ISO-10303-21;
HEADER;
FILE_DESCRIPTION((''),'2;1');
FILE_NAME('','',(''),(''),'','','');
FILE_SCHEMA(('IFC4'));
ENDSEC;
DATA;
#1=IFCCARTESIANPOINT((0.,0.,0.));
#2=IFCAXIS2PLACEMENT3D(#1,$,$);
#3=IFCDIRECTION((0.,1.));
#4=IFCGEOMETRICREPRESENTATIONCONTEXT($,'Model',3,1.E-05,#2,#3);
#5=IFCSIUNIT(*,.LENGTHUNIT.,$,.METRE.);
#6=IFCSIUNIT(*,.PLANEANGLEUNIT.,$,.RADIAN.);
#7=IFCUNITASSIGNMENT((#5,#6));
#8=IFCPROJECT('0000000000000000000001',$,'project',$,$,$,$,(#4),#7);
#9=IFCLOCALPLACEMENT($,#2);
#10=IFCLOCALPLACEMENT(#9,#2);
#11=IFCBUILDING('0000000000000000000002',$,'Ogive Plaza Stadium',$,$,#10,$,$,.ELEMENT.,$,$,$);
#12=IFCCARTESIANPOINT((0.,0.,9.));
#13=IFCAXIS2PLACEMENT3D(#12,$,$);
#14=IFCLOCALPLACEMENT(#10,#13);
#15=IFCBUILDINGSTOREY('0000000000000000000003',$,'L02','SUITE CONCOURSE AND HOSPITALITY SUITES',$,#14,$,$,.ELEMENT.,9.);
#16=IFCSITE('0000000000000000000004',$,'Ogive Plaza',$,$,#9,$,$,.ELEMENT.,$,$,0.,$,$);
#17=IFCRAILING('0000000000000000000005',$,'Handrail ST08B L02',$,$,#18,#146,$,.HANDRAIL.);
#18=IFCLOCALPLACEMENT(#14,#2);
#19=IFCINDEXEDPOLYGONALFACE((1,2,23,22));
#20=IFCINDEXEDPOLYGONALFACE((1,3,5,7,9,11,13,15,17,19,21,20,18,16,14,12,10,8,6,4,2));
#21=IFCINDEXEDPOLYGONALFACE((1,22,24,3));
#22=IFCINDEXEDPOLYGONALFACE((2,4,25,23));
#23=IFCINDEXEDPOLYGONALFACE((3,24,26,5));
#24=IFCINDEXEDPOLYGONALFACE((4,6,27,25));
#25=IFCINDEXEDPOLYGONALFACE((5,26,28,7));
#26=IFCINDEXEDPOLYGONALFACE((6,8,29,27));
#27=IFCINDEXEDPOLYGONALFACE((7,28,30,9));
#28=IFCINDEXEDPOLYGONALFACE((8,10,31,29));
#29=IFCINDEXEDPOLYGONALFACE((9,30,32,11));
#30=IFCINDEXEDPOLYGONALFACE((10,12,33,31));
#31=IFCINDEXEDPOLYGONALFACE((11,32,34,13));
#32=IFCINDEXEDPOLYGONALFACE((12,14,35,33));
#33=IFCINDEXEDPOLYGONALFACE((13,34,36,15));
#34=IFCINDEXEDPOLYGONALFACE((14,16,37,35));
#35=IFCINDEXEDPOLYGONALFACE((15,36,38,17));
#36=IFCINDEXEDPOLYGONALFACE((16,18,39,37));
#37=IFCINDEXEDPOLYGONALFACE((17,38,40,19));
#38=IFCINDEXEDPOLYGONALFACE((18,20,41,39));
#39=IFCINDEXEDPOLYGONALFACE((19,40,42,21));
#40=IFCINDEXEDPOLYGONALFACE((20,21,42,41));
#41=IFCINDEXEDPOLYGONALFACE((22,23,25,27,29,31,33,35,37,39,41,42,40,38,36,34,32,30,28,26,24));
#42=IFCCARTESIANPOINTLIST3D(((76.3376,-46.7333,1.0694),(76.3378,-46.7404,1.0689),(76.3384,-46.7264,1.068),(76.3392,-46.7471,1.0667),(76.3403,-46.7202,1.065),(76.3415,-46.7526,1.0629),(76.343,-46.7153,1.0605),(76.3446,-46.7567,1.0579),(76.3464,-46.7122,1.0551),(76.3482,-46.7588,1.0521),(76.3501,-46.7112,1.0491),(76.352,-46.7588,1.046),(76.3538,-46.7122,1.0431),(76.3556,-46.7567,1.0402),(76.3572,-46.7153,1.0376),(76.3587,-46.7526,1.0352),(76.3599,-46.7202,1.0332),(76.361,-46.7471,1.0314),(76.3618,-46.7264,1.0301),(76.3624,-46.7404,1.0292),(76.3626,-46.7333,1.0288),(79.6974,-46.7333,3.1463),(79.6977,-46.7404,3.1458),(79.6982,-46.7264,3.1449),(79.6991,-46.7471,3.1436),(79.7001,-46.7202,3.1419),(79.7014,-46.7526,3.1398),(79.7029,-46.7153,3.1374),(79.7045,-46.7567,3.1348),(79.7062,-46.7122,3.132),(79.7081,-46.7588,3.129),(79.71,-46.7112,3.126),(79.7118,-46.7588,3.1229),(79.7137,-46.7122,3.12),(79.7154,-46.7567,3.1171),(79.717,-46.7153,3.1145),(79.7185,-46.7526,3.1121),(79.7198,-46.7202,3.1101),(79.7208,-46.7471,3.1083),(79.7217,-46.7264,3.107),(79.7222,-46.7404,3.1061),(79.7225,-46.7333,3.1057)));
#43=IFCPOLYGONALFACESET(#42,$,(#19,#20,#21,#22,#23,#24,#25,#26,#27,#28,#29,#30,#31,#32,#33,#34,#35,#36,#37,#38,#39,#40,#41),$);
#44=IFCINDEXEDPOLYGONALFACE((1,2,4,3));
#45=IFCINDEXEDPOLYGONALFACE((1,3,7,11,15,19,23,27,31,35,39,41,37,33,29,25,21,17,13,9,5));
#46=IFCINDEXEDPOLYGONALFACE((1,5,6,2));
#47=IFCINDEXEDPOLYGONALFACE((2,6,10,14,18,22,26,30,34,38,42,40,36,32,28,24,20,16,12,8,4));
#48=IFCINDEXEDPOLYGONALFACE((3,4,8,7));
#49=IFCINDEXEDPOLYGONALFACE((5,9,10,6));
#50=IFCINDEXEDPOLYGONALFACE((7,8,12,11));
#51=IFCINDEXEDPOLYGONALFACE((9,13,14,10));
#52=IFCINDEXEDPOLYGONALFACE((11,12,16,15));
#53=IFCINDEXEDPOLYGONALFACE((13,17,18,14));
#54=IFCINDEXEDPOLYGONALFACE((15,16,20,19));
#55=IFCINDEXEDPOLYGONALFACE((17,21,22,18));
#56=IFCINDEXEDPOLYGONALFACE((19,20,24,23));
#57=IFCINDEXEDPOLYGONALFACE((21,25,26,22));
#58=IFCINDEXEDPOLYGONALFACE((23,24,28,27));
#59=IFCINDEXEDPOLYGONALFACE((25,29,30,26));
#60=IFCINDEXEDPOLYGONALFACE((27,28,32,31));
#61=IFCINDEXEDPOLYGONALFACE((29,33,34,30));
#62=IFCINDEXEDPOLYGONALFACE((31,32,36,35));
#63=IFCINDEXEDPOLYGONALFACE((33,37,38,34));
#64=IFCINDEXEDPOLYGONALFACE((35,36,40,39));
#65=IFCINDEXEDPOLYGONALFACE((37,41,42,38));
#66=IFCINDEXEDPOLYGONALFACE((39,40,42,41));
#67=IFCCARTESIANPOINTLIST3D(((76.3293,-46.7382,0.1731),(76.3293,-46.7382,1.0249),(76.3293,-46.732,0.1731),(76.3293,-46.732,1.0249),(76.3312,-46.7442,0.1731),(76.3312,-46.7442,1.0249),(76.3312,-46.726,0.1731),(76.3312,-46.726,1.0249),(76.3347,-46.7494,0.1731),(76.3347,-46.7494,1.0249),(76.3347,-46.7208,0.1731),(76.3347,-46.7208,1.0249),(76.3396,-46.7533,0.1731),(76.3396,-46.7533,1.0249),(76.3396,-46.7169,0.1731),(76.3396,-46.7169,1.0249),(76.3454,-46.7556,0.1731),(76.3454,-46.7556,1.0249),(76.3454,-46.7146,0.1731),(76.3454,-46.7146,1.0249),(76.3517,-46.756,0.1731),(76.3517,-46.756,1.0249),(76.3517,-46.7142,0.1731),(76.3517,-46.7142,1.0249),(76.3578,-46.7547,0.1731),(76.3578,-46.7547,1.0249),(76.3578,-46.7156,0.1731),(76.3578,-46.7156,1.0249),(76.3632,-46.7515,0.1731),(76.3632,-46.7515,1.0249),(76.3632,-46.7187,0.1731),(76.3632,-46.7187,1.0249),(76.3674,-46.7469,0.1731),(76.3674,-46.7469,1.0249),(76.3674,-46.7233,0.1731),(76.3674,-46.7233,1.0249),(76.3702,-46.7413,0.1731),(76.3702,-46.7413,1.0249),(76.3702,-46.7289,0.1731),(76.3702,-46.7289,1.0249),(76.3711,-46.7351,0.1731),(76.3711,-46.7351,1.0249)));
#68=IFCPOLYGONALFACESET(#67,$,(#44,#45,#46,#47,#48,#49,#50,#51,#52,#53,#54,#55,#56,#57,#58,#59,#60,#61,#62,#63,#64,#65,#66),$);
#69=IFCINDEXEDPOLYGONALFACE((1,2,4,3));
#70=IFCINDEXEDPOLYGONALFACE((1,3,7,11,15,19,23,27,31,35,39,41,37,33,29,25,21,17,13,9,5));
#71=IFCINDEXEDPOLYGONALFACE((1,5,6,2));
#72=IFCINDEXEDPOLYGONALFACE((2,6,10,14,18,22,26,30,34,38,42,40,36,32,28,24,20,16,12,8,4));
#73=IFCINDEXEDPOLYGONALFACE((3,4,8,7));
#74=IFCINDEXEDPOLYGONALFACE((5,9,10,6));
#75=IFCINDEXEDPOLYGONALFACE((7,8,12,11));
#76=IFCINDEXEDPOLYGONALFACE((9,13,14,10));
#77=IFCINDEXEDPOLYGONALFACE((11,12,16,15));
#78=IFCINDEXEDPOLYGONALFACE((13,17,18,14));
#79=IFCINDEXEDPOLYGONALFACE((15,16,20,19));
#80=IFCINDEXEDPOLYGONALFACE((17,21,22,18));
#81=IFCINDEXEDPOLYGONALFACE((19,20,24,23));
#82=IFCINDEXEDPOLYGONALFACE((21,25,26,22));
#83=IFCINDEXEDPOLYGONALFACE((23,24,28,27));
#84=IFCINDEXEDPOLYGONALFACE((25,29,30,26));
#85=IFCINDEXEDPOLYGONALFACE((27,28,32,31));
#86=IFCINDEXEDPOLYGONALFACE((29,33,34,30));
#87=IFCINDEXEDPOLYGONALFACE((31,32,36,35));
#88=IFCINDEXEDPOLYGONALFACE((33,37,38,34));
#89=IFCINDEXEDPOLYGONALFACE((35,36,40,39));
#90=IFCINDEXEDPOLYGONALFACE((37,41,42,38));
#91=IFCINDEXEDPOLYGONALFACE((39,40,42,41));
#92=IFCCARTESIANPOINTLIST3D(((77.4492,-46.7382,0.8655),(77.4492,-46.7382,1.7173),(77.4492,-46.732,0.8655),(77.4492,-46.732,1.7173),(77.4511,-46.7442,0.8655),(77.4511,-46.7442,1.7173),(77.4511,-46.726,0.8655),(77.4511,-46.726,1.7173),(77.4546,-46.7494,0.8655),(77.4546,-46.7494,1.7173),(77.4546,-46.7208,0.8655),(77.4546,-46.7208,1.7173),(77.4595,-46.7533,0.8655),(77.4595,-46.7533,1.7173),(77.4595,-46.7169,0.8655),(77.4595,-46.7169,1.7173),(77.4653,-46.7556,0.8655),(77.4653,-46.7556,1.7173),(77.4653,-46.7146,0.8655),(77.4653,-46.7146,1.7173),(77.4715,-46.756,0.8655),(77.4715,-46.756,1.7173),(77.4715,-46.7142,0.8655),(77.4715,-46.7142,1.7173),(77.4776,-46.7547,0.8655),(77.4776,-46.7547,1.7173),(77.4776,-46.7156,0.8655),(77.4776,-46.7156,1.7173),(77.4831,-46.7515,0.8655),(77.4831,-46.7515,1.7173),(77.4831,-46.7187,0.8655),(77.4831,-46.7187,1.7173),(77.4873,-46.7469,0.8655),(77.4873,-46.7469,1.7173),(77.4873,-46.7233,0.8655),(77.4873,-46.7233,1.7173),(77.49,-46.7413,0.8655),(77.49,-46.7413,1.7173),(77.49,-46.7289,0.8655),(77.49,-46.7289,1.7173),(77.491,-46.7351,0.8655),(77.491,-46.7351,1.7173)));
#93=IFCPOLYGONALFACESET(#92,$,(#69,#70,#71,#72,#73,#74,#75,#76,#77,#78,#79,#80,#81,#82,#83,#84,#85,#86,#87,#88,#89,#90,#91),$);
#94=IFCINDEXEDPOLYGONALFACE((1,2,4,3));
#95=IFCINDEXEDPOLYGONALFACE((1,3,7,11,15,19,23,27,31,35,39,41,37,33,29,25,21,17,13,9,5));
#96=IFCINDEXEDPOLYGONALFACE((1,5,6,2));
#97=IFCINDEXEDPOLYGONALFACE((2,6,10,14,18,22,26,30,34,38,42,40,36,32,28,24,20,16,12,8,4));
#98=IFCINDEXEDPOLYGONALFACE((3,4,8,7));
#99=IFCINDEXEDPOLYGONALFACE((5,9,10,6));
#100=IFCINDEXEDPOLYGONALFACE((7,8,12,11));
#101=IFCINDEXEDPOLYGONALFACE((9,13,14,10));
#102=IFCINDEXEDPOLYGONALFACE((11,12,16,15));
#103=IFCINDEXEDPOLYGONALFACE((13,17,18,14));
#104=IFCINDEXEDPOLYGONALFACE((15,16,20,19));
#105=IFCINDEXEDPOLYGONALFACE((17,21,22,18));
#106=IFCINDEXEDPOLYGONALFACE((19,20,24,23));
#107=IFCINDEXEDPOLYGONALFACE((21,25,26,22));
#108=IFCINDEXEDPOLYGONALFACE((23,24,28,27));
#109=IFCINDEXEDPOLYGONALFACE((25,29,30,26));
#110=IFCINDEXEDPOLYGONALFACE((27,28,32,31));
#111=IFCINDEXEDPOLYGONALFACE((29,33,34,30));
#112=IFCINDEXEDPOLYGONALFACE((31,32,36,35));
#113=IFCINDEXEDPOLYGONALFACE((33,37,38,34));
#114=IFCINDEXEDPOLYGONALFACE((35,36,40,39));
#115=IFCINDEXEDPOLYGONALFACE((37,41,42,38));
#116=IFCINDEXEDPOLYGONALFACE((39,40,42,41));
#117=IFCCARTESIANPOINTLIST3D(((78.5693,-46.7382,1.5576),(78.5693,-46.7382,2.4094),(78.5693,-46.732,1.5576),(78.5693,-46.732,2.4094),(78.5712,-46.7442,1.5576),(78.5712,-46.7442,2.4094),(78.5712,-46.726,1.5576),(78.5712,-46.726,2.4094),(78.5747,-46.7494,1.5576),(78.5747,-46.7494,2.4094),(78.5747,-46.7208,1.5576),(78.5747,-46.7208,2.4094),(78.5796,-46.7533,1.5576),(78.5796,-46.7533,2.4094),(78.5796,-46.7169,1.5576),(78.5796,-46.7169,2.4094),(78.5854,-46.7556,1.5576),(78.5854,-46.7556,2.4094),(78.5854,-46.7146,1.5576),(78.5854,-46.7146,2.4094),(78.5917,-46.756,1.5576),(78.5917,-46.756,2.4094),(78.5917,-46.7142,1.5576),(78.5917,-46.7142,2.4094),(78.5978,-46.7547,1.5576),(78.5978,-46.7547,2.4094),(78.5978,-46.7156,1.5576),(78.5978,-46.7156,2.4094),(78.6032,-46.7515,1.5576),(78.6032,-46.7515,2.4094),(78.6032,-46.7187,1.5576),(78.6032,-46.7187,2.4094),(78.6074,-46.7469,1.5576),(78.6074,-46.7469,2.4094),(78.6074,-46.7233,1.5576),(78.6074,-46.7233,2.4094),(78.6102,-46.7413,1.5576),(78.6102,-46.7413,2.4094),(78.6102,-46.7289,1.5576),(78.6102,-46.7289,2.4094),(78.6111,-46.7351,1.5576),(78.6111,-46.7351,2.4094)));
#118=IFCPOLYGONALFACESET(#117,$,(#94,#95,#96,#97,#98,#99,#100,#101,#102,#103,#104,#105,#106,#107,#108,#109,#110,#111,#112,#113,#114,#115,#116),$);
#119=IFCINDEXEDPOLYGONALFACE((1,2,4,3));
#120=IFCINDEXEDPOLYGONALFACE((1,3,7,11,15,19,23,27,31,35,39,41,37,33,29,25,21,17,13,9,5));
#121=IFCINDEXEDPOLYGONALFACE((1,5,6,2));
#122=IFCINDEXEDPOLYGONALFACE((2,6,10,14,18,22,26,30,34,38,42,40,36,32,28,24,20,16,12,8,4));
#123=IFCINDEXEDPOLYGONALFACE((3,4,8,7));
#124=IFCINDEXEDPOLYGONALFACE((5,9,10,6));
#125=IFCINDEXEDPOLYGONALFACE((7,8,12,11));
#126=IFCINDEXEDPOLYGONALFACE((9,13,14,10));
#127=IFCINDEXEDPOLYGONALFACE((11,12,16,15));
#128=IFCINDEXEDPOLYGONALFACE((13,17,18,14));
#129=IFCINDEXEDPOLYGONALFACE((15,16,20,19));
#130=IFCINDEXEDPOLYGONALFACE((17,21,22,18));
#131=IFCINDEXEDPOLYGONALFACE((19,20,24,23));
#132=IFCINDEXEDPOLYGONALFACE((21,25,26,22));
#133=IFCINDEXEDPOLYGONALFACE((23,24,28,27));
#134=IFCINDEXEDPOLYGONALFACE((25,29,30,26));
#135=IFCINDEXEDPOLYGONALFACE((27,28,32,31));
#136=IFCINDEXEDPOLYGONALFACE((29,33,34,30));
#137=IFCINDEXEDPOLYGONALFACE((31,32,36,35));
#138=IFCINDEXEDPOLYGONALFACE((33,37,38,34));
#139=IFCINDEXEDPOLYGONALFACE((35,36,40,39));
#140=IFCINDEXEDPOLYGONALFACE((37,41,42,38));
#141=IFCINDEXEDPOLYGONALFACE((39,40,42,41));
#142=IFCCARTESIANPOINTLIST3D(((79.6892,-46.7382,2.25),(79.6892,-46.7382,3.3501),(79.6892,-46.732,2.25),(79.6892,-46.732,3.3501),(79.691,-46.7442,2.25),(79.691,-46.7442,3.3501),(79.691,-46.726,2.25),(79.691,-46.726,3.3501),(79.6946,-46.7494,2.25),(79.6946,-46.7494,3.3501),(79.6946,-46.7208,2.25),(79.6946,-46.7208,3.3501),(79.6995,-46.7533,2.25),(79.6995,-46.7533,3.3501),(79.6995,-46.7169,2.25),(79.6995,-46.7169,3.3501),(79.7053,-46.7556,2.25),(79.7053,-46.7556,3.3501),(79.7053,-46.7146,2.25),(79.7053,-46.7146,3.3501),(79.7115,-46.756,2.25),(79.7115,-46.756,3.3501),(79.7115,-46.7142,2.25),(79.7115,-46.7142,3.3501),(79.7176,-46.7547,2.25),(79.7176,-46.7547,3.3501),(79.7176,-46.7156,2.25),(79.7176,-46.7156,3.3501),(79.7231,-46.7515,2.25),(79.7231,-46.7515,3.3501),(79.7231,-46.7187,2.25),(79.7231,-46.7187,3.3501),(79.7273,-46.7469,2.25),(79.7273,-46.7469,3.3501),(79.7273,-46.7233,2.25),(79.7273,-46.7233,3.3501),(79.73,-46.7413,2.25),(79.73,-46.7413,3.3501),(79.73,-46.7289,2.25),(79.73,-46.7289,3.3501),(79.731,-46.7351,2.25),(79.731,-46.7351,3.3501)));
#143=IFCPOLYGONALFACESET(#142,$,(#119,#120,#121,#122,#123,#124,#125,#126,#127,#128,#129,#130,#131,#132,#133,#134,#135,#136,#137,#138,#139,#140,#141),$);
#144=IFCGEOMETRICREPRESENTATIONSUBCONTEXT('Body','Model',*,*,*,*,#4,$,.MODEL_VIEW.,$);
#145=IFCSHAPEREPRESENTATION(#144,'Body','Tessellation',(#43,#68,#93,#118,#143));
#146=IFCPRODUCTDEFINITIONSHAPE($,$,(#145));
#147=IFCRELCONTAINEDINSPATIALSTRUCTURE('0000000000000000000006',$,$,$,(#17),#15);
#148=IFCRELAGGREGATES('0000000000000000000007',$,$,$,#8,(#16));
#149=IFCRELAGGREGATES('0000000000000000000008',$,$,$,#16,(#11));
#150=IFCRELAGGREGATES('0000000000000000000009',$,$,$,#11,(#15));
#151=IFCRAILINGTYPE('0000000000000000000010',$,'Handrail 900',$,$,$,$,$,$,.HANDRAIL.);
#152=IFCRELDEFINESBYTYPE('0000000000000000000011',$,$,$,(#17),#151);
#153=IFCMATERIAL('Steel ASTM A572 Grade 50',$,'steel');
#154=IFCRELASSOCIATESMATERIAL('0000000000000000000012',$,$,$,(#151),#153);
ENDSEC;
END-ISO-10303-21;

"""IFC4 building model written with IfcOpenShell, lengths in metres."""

from ifc_helpers import new_model, si_unit, direction, frame, origin, origin_2d, place, context, subcontext, project, spatial, circle, extrude, material, type_object, element, save


model = new_model("IFC4")

# Units and contexts
model_context = context("Model", 3, precision=1e-05, world=origin(), true_north=direction((0.0, 1.0)))
body_context = subcontext(model_context, "Body", "Model", "MODEL_VIEW")
ifc_project = project(units=[si_unit("LENGTHUNIT", "METRE"), si_unit("PLANEANGLEUNIT", "RADIAN")], contexts=[model_context])

# Site, building, storey
site_placement = place(None, origin())
site = spatial("IfcSite", under=ifc_project, at=site_placement, Name="Ogive Plaza", CompositionType="ELEMENT", RefElevation=0.0)
building_placement = place(site_placement, origin())
building = spatial("IfcBuilding", under=site, at=building_placement, Name="Ogive Plaza Stadium", CompositionType="ELEMENT")
storey_placement = place(building_placement, frame((0.0, 0.0, 9.0)))
storey = spatial("IfcBuildingStorey", under=building, at=storey_placement, Name="L02", Description="SUITE CONCOURSE AND HOSPITALITY SUITES", CompositionType="ELEMENT", Elevation=9.0)

# Railing
ifc_material_1 = material(Name="Steel ASTM A572 Grade 50", Category="steel")
railing_type_1 = type_object("IfcRailingType", Name="Handrail 900", PredefinedType="HANDRAIL", material=ifc_material_1)
for number, where, name in (
    (1, (76.3501, -46.7351, 0.1731), "Handrail ST08B L02"),
):
    element("IfcRailing", number, at=place(storey_placement, frame(where)), inside=storey, type_object=railing_type_1, Name=name, PredefinedType="HANDRAIL", context=body_context, shape_type="SweptSolid", body=[
        extrude(circle(Radius=0.0239, at=origin_2d()), frame((0.0, 0.0, 0.876), z_axis=(0.850606, 0.0, 0.525803), x_axis=(0.0, 1.0, 0.0)), (0.0, 0.0, 1.0), 3.95),
        extrude(circle(Radius=0.021, at=origin_2d()), origin(), (0.0, 0.0, 1.0), 0.8518),
        extrude(circle(Radius=0.021, at=origin_2d()), frame((1.1199, 0.0, 0.6924)), (0.0, 0.0, 1.0), 0.8518),
        extrude(circle(Radius=0.021, at=origin_2d()), frame((2.24, 0.0, 1.3845)), (0.0, 0.0, 1.0), 0.8518),
        extrude(circle(Radius=0.021, at=origin_2d()), frame((3.3599, 0.0, 2.0769)), (0.0, 0.0, 1.0), 1.1001),
    ])

save(model, "model.ifc")
